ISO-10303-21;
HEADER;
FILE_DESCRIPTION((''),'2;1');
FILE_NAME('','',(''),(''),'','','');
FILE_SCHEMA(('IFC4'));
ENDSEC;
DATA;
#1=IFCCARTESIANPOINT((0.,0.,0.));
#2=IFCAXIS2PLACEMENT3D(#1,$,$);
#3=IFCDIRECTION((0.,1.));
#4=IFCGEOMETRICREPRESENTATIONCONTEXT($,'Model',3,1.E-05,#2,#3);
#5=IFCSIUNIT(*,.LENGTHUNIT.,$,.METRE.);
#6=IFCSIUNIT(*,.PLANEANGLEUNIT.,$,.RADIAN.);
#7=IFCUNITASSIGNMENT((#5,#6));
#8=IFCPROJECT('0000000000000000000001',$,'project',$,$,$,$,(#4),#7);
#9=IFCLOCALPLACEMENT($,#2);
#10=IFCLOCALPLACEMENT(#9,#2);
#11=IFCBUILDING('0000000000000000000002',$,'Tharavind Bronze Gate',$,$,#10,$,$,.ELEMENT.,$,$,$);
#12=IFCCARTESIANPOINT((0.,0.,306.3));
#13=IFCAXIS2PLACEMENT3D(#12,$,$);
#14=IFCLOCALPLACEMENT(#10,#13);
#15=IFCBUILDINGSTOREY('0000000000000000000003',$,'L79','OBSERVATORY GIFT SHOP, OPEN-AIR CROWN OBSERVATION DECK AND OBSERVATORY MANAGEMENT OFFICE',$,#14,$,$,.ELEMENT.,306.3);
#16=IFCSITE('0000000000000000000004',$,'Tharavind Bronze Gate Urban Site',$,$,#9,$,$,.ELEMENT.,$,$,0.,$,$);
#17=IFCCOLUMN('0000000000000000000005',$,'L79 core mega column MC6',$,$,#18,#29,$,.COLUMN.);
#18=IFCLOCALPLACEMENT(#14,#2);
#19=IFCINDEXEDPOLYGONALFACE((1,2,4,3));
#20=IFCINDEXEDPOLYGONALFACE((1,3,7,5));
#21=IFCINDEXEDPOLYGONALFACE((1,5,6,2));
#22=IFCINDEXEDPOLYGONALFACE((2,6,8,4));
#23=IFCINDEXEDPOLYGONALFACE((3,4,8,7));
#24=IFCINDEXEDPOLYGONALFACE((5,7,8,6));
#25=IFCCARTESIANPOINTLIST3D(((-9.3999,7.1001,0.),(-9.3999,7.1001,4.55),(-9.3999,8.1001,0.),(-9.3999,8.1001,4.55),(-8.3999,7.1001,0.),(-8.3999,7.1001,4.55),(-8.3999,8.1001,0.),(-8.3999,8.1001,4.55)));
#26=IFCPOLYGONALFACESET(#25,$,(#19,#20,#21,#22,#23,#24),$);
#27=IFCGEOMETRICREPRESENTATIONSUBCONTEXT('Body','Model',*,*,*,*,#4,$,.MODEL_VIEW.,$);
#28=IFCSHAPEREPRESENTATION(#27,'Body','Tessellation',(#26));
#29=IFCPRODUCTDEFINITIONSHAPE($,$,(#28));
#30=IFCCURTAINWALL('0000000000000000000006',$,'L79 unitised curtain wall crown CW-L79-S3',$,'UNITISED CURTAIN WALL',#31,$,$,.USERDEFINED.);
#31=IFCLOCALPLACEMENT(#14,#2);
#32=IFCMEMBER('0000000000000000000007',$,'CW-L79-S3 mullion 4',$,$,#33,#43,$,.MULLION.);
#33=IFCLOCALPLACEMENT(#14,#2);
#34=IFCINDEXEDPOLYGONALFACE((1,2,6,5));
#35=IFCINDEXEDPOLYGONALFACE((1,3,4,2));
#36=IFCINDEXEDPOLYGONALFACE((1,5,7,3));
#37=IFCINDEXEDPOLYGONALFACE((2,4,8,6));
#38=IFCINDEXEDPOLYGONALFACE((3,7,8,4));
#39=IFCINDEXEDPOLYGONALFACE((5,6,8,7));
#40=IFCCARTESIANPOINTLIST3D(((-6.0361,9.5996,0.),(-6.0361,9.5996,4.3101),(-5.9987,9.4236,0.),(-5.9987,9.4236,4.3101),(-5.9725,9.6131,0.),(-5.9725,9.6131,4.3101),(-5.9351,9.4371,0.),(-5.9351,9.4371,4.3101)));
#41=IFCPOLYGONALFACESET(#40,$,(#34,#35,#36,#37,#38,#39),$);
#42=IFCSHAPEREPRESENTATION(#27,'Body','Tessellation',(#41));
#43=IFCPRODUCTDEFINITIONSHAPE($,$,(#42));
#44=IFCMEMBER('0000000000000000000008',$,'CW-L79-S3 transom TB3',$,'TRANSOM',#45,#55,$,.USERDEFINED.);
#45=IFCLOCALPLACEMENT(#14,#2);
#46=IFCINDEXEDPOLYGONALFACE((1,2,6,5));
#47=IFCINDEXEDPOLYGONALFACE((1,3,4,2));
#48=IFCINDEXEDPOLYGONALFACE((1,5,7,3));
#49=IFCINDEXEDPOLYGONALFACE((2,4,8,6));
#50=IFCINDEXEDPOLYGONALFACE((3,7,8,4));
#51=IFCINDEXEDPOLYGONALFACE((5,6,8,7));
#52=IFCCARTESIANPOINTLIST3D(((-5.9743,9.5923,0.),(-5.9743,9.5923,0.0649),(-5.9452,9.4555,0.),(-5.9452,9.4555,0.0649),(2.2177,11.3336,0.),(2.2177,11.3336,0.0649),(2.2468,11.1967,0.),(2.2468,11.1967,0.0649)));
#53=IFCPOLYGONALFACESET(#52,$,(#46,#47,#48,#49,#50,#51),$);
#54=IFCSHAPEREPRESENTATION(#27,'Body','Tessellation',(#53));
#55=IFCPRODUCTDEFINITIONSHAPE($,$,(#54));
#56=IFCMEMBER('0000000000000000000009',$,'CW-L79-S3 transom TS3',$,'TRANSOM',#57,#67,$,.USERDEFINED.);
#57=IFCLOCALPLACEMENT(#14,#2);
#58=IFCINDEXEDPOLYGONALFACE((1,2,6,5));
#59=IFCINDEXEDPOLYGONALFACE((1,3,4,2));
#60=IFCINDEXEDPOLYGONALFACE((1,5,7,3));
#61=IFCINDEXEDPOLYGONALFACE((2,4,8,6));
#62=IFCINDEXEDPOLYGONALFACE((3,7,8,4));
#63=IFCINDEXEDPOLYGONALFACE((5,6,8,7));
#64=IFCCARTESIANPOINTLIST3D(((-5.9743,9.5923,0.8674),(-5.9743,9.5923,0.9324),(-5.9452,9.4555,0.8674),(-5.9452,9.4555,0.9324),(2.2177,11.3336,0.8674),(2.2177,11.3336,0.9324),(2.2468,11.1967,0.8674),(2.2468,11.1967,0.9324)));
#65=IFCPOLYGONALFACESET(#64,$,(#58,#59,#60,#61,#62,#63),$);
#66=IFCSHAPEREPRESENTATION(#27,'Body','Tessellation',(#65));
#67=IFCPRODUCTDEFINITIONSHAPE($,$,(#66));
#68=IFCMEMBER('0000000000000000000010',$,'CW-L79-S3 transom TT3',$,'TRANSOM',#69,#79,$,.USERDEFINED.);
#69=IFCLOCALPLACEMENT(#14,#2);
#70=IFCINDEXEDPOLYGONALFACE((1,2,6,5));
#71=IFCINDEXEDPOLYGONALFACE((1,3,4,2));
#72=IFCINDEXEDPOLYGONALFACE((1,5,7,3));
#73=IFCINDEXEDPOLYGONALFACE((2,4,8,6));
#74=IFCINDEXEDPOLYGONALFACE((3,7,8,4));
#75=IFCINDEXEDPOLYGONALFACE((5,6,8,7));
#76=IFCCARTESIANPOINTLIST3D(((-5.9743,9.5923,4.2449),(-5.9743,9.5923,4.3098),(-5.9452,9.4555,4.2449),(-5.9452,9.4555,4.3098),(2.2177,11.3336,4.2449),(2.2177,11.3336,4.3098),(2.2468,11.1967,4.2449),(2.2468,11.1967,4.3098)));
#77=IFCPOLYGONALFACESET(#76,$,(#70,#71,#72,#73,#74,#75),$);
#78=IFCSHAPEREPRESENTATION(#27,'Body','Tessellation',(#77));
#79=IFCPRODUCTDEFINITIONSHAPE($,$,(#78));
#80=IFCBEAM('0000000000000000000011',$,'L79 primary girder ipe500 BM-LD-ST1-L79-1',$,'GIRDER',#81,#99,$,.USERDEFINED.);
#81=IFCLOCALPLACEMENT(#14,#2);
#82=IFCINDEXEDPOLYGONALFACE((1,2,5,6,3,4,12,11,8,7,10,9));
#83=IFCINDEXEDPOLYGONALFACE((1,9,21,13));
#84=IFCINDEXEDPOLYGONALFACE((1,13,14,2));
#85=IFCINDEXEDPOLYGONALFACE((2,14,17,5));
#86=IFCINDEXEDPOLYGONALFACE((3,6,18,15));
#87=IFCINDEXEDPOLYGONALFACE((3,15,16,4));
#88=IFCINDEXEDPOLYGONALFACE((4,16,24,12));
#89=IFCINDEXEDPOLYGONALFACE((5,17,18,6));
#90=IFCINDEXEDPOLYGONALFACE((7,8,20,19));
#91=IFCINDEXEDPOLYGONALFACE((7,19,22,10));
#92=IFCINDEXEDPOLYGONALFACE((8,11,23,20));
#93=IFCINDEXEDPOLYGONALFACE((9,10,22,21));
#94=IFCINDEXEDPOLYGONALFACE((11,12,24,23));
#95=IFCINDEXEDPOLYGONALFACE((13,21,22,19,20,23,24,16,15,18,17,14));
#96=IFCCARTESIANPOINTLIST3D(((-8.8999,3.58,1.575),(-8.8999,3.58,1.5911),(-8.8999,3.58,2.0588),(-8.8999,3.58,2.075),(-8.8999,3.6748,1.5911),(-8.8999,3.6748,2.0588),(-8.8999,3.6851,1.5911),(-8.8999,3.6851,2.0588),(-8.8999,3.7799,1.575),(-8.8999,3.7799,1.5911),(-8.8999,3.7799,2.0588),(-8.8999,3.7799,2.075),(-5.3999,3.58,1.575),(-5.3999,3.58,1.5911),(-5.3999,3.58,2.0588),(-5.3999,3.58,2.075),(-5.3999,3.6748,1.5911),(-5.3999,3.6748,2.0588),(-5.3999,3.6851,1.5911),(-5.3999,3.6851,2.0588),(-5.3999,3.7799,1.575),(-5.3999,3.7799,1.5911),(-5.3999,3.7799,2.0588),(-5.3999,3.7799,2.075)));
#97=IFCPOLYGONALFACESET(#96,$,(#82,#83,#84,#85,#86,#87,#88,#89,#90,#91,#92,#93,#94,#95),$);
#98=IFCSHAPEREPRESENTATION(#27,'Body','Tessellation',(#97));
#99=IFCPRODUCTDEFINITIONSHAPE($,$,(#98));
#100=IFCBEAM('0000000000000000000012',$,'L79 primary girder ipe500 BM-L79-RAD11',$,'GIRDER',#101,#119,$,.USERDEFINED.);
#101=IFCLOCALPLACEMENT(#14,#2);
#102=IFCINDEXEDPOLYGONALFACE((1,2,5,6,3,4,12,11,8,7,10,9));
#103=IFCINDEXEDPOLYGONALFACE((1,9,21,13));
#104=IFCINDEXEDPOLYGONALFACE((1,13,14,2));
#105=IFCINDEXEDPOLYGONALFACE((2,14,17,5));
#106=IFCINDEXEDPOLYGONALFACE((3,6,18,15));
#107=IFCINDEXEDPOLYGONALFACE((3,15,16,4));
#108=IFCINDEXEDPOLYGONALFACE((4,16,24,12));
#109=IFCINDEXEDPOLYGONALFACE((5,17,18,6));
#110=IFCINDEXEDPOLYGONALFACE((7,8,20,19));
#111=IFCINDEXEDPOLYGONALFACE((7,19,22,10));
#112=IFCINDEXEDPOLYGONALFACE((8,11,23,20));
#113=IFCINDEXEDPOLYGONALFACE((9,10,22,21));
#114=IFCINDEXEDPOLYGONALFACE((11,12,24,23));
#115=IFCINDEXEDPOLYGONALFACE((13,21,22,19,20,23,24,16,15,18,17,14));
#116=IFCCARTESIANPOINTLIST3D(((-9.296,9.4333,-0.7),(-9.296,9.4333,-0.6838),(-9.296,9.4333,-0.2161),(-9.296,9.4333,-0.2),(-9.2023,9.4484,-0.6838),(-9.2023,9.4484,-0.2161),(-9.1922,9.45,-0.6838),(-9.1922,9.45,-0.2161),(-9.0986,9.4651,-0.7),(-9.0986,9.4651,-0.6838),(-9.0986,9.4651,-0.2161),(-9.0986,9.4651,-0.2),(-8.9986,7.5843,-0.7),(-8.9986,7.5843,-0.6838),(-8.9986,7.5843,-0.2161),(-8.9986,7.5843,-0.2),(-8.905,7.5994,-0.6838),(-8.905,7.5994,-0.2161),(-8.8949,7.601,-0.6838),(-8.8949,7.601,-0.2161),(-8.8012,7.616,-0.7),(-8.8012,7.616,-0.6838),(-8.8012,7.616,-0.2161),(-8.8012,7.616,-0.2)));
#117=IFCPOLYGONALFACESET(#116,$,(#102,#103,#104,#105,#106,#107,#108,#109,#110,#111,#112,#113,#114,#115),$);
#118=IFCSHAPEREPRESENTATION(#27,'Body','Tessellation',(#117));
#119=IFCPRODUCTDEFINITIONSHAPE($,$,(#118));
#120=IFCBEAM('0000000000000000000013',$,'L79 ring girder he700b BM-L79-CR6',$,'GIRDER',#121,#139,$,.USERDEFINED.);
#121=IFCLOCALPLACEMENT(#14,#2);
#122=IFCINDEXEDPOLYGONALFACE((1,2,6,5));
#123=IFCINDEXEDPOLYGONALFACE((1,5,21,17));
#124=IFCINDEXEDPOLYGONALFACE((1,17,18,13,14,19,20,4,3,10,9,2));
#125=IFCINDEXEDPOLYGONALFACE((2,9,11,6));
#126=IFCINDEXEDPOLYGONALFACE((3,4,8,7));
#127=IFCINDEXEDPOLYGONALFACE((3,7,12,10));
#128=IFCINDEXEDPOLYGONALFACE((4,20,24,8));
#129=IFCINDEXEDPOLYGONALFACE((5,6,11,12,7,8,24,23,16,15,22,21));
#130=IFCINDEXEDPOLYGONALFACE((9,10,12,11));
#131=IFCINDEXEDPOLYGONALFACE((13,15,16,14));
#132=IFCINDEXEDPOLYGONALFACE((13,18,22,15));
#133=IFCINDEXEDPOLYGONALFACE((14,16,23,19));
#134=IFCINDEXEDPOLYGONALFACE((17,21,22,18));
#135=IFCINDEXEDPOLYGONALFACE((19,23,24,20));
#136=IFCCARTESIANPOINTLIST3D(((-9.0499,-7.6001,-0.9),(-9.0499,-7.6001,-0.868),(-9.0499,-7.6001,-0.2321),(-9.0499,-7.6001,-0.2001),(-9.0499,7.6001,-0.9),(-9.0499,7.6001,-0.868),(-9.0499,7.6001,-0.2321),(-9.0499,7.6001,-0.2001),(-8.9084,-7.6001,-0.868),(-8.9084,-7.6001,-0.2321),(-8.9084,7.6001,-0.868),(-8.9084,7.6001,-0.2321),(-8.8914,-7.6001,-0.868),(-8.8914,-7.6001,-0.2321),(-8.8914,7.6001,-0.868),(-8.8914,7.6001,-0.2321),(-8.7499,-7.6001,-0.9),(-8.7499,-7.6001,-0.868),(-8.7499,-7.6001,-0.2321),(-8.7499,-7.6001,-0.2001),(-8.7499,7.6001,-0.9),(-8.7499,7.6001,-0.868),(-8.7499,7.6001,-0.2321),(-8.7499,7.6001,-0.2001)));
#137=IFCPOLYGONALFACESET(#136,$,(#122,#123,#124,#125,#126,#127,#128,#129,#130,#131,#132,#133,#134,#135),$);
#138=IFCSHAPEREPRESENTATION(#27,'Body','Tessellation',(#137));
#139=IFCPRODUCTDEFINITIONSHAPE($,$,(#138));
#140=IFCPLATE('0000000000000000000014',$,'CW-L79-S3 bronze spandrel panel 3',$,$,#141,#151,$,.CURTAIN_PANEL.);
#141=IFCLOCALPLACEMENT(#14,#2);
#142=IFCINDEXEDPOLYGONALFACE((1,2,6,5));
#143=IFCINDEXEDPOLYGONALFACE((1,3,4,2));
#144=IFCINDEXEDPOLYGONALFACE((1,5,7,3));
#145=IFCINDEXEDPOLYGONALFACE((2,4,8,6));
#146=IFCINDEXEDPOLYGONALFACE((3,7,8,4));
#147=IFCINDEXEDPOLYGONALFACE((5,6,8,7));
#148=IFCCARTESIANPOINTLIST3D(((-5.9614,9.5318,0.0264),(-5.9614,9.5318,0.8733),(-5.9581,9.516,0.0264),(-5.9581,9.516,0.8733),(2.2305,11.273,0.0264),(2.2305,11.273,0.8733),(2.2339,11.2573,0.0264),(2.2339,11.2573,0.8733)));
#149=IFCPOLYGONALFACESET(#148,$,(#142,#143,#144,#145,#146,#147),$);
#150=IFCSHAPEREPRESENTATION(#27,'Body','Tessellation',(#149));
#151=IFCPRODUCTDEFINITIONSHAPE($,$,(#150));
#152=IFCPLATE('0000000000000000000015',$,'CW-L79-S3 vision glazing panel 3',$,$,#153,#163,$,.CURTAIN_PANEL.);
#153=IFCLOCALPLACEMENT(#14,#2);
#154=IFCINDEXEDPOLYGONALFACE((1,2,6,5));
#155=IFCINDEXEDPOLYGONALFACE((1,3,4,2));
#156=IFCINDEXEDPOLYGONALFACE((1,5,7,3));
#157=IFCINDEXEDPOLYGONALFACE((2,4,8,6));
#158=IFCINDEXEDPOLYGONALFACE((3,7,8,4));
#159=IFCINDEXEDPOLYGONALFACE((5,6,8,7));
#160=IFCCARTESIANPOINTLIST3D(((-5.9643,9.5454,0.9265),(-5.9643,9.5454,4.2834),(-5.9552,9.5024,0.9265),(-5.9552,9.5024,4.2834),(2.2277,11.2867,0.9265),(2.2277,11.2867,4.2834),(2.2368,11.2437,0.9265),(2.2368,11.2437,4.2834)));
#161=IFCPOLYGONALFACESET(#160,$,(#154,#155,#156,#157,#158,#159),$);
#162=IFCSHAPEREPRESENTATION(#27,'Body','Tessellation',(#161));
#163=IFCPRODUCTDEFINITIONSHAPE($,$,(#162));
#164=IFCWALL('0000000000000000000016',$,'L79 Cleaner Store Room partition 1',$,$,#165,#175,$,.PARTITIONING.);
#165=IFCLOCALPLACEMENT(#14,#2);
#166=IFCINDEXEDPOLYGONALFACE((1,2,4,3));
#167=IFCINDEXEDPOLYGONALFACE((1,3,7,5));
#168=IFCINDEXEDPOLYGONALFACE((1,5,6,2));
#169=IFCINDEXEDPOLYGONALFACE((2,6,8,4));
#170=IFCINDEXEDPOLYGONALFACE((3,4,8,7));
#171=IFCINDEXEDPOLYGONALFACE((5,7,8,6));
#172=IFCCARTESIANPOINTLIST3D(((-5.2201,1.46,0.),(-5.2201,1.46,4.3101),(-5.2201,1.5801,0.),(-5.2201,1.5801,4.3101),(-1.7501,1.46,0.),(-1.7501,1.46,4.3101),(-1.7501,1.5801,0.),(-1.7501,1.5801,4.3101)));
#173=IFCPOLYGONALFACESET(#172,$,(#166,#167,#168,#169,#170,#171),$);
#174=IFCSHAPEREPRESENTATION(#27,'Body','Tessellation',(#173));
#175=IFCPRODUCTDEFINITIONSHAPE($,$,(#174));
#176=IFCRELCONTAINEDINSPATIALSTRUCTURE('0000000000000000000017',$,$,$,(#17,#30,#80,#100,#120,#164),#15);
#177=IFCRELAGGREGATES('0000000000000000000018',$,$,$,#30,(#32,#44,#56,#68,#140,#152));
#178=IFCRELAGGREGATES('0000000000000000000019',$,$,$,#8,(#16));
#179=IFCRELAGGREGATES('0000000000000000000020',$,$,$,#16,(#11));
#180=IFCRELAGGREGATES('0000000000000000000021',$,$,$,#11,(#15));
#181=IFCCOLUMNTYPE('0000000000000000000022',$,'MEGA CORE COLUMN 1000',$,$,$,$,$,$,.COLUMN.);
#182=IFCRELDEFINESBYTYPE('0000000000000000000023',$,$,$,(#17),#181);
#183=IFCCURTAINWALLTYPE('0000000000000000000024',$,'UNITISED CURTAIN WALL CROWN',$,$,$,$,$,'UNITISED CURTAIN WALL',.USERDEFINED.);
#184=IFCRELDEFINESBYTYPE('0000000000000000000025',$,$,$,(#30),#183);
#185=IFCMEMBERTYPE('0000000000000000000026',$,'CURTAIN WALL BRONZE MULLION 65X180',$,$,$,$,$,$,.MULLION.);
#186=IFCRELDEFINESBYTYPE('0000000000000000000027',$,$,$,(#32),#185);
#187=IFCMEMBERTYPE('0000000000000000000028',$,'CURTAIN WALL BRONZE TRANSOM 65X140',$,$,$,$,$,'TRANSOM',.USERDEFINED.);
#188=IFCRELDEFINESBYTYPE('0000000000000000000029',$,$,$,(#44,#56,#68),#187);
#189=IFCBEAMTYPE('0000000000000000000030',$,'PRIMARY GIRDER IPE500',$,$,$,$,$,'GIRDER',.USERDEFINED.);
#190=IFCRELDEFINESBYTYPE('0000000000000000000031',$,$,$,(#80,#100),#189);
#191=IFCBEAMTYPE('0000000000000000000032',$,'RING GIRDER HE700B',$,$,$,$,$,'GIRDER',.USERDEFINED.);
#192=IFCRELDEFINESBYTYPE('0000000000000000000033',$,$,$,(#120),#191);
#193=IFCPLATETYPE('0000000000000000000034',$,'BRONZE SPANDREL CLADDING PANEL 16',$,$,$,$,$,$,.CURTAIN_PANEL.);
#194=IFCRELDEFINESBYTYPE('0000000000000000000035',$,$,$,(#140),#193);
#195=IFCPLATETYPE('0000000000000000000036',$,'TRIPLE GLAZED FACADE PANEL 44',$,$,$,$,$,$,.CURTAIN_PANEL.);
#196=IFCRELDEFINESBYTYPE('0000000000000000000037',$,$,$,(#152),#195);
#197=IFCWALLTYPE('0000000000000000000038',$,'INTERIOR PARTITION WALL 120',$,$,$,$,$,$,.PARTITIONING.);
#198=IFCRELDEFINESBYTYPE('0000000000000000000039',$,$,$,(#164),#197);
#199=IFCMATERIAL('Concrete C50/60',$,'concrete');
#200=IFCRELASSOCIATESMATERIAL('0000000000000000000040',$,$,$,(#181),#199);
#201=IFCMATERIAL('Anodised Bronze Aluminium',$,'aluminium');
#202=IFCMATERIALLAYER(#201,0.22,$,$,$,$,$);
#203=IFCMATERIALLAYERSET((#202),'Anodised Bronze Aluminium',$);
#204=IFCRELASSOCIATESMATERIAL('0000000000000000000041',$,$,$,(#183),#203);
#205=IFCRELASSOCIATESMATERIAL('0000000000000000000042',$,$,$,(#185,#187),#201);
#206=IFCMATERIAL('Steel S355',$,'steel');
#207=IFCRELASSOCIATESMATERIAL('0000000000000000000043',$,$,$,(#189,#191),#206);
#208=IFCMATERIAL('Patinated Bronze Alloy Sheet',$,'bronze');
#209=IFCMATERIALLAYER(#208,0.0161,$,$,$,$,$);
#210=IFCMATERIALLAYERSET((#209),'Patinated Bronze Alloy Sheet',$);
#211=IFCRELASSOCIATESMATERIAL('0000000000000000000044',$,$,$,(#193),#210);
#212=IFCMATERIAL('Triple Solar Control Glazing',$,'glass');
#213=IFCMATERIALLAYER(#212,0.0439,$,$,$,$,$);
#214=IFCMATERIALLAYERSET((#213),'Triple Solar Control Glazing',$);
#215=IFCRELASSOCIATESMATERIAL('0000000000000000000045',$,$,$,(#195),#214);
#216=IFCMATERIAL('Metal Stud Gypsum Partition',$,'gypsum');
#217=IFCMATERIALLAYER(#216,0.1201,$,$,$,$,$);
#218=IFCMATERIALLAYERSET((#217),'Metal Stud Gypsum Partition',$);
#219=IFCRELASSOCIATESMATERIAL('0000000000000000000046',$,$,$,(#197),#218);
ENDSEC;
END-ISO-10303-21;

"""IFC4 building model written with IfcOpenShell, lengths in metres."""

from ifc_helpers import new_model, si_unit, direction, frame, frame_2d, origin, origin_2d, place, context, subcontext, project, spatial, rectangle, i_section, extrude, material, layer, layer_set, material_profile, profile_set, type_object, element, aggregate, save


model = new_model("IFC4")

# Units and contexts
model_context = context("Model", 3, precision=1e-05, world=origin(), true_north=direction((0.0, 1.0)))
body_context = subcontext(model_context, "Body", "Model", "MODEL_VIEW")
ifc_project = project(units=[si_unit("LENGTHUNIT", "METRE"), si_unit("PLANEANGLEUNIT", "RADIAN")], contexts=[model_context])

# Site, building, storey
site_placement = place(None, origin())
site = spatial("IfcSite", under=ifc_project, at=site_placement, Name="Tharavind Bronze Gate Urban Site", CompositionType="ELEMENT", RefElevation=0.0)
building_placement = place(site_placement, origin())
building = spatial("IfcBuilding", under=site, at=building_placement, Name="Tharavind Bronze Gate", CompositionType="ELEMENT")
storey_placement = place(building_placement, frame((0.0, 0.0, 306.3)))
storey = spatial("IfcBuildingStorey", under=building, at=storey_placement, Name="L79", Description="OBSERVATORY GIFT SHOP, OPEN-AIR CROWN OBSERVATION DECK AND OBSERVATORY MANAGEMENT OFFICE", CompositionType="ELEMENT", Elevation=306.3)

# Column
ifc_material_1 = material(Name="Concrete C50/60", Category="concrete")
ifc_material_profile_1 = material_profile(ifc_material_1, rectangle(XDim=1.0, YDim=1.0, at=origin_2d()), Name="RCCOL1000")
ifc_profile_set_1 = profile_set([ifc_material_profile_1], Name="Concrete C50/60")
column_type = type_object("IfcColumnType", Name="MEGA CORE COLUMN 1000", PredefinedType="COLUMN", material=ifc_profile_set_1)
column_placement = place(storey_placement, frame((-8.8999, 7.6001, 0.0), z_axis=(0.0, 0.0, 1.0), x_axis=(1.0, 0.0, 0.0)))
element("IfcColumn", 1, at=column_placement, inside=storey, type_object=column_type, Name="L79 core mega column MC6", PredefinedType="COLUMN", context=body_context, shape_type="SweptSolid", body=[
    extrude(rectangle(XDim=1.0, YDim=1.0, at=origin_2d()), origin(), (0.0, 0.0, 1.0), 4.55),
])

# Curtain wall, members
ifc_material_2 = material(Name="Anodised Bronze Aluminium", Category="aluminium")
ifc_layer_1 = layer(ifc_material_2, 0.22)
ifc_layer_set_1 = layer_set([ifc_layer_1], Name="Anodised Bronze Aluminium")
curtain_wall_type = type_object("IfcCurtainWallType", Name="UNITISED CURTAIN WALL CROWN", ElementType="UNITISED CURTAIN WALL", PredefinedType="USERDEFINED", material=ifc_layer_set_1)
curtain_wall_placement = place(storey_placement, origin())
curtain_wall = element("IfcCurtainWall", 2, at=curtain_wall_placement, inside=storey, type_object=curtain_wall_type, Name="L79 unitised curtain wall crown CW-L79-S3", ObjectType="UNITISED CURTAIN WALL", PredefinedType="USERDEFINED")
member_type_1 = type_object("IfcMemberType", Name="CURTAIN WALL BRONZE MULLION 65X180", PredefinedType="MULLION", material=ifc_material_2)
member_1_placement = place(storey_placement, frame((-5.9856, 9.5183, 0.0), z_axis=(0.0, 0.0, 1.0), x_axis=(-0.978148, -0.207912, 0.0)))
member_1 = element("IfcMember", 3, at=member_1_placement, type_object=member_type_1, Name="CW-L79-S3 mullion 4", PredefinedType="MULLION", context=body_context, shape_type="SweptSolid", body=[
    extrude(rectangle(XDim=0.0649, YDim=0.1799, at=origin_2d()), origin(), (0.0, 0.0, 1.0), 4.3101),
])
member_type_2 = type_object("IfcMemberType", Name="CURTAIN WALL BRONZE TRANSOM 65X140", ElementType="TRANSOM", PredefinedType="USERDEFINED", material=ifc_material_2)
member_2_placement = place(storey_placement, frame((-1.8638, 10.3945, 0.0), z_axis=(0.0, 0.0, 1.0), x_axis=(-0.978148, -0.207912, 0.0)))
member_2 = element("IfcMember", 4, at=member_2_placement, type_object=member_type_2, Name="CW-L79-S3 transom TB3", ObjectType="TRANSOM", PredefinedType="USERDEFINED", context=body_context, shape_type="SweptSolid", body=[
    extrude(rectangle(XDim=8.375, YDim=0.1399, at=origin_2d()), origin(), (0.0, 0.0, 1.0), 0.0649),
])
member_3_placement = place(storey_placement, frame((-1.8638, 10.3945, 0.8674), z_axis=(0.0, 0.0, 1.0), x_axis=(-0.978148, -0.207912, 0.0)))
member_3 = element("IfcMember", 5, at=member_3_placement, type_object=member_type_2, Name="CW-L79-S3 transom TS3", ObjectType="TRANSOM", PredefinedType="USERDEFINED", context=body_context, shape_type="SweptSolid", body=[
    extrude(rectangle(XDim=8.375, YDim=0.1399, at=origin_2d()), origin(), (0.0, 0.0, 1.0), 0.0649),
])
member_4_placement = place(storey_placement, frame((-1.8638, 10.3945, 4.2449), z_axis=(0.0, 0.0, 1.0), x_axis=(-0.978148, -0.207912, 0.0)))
member_4 = element("IfcMember", 6, at=member_4_placement, type_object=member_type_2, Name="CW-L79-S3 transom TT3", ObjectType="TRANSOM", PredefinedType="USERDEFINED", context=body_context, shape_type="SweptSolid", body=[
    extrude(rectangle(XDim=8.375, YDim=0.1399, at=origin_2d()), origin(), (0.0, 0.0, 1.0), 0.0649),
])

# Beams
ifc_material_3 = material(Name="Steel S355", Category="steel")
ifc_material_profile_2 = material_profile(ifc_material_3, i_section(OverallWidth=0.2, OverallDepth=0.5, WebThickness=0.0103, FlangeThickness=0.0161, at=origin_2d()), Name="IPE500")
ifc_profile_set_2 = profile_set([ifc_material_profile_2], Name="Steel S355")
beam_type_1 = type_object("IfcBeamType", Name="PRIMARY GIRDER IPE500", ElementType="GIRDER", PredefinedType="USERDEFINED", material=ifc_profile_set_2)
beam_1_placement = place(storey_placement, frame((-8.8999, 3.6799, 1.825), z_axis=(1.0, 0.0, 0.0), x_axis=(0.0, 1.0, 0.0)))
element("IfcBeam", 7, at=beam_1_placement, inside=storey, type_object=beam_type_1, Name="L79 primary girder ipe500 BM-LD-ST1-L79-1", ObjectType="GIRDER", PredefinedType="USERDEFINED", context=body_context, shape_type="SweptSolid", body=[
    extrude(i_section(OverallWidth=0.2, OverallDepth=0.5, WebThickness=0.0103, FlangeThickness=0.0161, at=origin_2d()), origin(), (0.0, 0.0, 1.0), 3.5),
])
beam_2_placement = place(storey_placement, frame((-9.1973, 9.4492, -0.45), z_axis=(0.158773, -0.987315, 0.0), x_axis=(0.987315, 0.158773, 0.0)))
element("IfcBeam", 8, at=beam_2_placement, inside=storey, type_object=beam_type_1, Name="L79 primary girder ipe500 BM-L79-RAD11", ObjectType="GIRDER", PredefinedType="USERDEFINED", context=body_context, shape_type="SweptSolid", body=[
    extrude(i_section(OverallWidth=0.2, OverallDepth=0.5, WebThickness=0.0103, FlangeThickness=0.0161, at=origin_2d()), origin(), (0.0, 0.0, 1.0), 1.8728),
])
ifc_material_profile_3 = material_profile(ifc_material_3, i_section(OverallWidth=0.3, OverallDepth=0.7, WebThickness=0.0171, FlangeThickness=0.032, at=origin_2d()), Name="HE700B")
ifc_profile_set_3 = profile_set([ifc_material_profile_3], Name="Steel S355")
beam_type_2 = type_object("IfcBeamType", Name="RING GIRDER HE700B", ElementType="GIRDER", PredefinedType="USERDEFINED", material=ifc_profile_set_3)
beam_3_placement = place(storey_placement, frame((-8.8999, 7.6001, -0.55), z_axis=(0.0, -1.0, 0.0), x_axis=(1.0, 0.0, 0.0)))
element("IfcBeam", 9, at=beam_3_placement, inside=storey, type_object=beam_type_2, Name="L79 ring girder he700b BM-L79-CR6", ObjectType="GIRDER", PredefinedType="USERDEFINED", context=body_context, shape_type="SweptSolid", body=[
    extrude(i_section(OverallWidth=0.3, OverallDepth=0.7, WebThickness=0.0171, FlangeThickness=0.032, at=origin_2d()), origin(), (0.0, 0.0, 1.0), 15.2002),
])

# Plates
ifc_material_4 = material(Name="Patinated Bronze Alloy Sheet", Category="bronze")
ifc_layer_2 = layer(ifc_material_4, 0.0161)
ifc_layer_set_2 = layer_set([ifc_layer_2], Name="Patinated Bronze Alloy Sheet")
plate_type_1 = type_object("IfcPlateType", Name="BRONZE SPANDREL CLADDING PANEL 16", PredefinedType="CURTAIN_PANEL", material=ifc_layer_set_2)
plate_1_placement = place(storey_placement, frame((-1.8638, 10.3945, 0.0264), z_axis=(0.0, 0.0, 1.0), x_axis=(-0.978148, -0.207912, 0.0)))
plate_1 = element("IfcPlate", 10, at=plate_1_placement, type_object=plate_type_1, Name="CW-L79-S3 bronze spandrel panel 3", PredefinedType="CURTAIN_PANEL", context=body_context, shape_type="SweptSolid", body=[
    extrude(rectangle(XDim=8.375, YDim=0.0161, at=origin_2d()), origin(), (0.0, 0.0, 1.0), 0.8469),
])
ifc_material_5 = material(Name="Triple Solar Control Glazing", Category="glass")
ifc_layer_3 = layer(ifc_material_5, 0.0439)
ifc_layer_set_3 = layer_set([ifc_layer_3], Name="Triple Solar Control Glazing")
plate_type_2 = type_object("IfcPlateType", Name="TRIPLE GLAZED FACADE PANEL 44", PredefinedType="CURTAIN_PANEL", material=ifc_layer_set_3)
plate_2_placement = place(storey_placement, frame((-1.8638, 10.3945, 0.9265), z_axis=(0.0, 0.0, 1.0), x_axis=(-0.978148, -0.207912, 0.0)))
plate_2 = element("IfcPlate", 11, at=plate_2_placement, type_object=plate_type_2, Name="CW-L79-S3 vision glazing panel 3", PredefinedType="CURTAIN_PANEL", context=body_context, shape_type="SweptSolid", body=[
    extrude(rectangle(XDim=8.375, YDim=0.0439, at=origin_2d()), origin(), (0.0, 0.0, 1.0), 3.3569),
])
aggregate(curtain_wall, [member_1, member_2, member_3, member_4, plate_1, plate_2])

# Wall
ifc_material_6 = material(Name="Metal Stud Gypsum Partition", Category="gypsum")
ifc_layer_4 = layer(ifc_material_6, 0.1201)
ifc_layer_set_4 = layer_set([ifc_layer_4], Name="Metal Stud Gypsum Partition")
wall_type_1 = type_object("IfcWallType", Name="INTERIOR PARTITION WALL 120", PredefinedType="PARTITIONING", material=ifc_layer_set_4)
wall_1_placement = place(storey_placement, frame((-5.22, 1.52, 0.0), z_axis=(0.0, 0.0, 1.0), x_axis=(1.0, 0.0, 0.0)))
element("IfcWall", 12, at=wall_1_placement, inside=storey, type_object=wall_type_1, Name="L79 Cleaner Store Room partition 1", PredefinedType="PARTITIONING", context=body_context, shape_type="SweptSolid", body=[
    extrude(rectangle(XDim=3.47, YDim=0.1201, at=frame_2d((1.7349, 0.0))), origin(), (0.0, 0.0, 1.0), 4.3101),
])

save(model, "model.ifc")
